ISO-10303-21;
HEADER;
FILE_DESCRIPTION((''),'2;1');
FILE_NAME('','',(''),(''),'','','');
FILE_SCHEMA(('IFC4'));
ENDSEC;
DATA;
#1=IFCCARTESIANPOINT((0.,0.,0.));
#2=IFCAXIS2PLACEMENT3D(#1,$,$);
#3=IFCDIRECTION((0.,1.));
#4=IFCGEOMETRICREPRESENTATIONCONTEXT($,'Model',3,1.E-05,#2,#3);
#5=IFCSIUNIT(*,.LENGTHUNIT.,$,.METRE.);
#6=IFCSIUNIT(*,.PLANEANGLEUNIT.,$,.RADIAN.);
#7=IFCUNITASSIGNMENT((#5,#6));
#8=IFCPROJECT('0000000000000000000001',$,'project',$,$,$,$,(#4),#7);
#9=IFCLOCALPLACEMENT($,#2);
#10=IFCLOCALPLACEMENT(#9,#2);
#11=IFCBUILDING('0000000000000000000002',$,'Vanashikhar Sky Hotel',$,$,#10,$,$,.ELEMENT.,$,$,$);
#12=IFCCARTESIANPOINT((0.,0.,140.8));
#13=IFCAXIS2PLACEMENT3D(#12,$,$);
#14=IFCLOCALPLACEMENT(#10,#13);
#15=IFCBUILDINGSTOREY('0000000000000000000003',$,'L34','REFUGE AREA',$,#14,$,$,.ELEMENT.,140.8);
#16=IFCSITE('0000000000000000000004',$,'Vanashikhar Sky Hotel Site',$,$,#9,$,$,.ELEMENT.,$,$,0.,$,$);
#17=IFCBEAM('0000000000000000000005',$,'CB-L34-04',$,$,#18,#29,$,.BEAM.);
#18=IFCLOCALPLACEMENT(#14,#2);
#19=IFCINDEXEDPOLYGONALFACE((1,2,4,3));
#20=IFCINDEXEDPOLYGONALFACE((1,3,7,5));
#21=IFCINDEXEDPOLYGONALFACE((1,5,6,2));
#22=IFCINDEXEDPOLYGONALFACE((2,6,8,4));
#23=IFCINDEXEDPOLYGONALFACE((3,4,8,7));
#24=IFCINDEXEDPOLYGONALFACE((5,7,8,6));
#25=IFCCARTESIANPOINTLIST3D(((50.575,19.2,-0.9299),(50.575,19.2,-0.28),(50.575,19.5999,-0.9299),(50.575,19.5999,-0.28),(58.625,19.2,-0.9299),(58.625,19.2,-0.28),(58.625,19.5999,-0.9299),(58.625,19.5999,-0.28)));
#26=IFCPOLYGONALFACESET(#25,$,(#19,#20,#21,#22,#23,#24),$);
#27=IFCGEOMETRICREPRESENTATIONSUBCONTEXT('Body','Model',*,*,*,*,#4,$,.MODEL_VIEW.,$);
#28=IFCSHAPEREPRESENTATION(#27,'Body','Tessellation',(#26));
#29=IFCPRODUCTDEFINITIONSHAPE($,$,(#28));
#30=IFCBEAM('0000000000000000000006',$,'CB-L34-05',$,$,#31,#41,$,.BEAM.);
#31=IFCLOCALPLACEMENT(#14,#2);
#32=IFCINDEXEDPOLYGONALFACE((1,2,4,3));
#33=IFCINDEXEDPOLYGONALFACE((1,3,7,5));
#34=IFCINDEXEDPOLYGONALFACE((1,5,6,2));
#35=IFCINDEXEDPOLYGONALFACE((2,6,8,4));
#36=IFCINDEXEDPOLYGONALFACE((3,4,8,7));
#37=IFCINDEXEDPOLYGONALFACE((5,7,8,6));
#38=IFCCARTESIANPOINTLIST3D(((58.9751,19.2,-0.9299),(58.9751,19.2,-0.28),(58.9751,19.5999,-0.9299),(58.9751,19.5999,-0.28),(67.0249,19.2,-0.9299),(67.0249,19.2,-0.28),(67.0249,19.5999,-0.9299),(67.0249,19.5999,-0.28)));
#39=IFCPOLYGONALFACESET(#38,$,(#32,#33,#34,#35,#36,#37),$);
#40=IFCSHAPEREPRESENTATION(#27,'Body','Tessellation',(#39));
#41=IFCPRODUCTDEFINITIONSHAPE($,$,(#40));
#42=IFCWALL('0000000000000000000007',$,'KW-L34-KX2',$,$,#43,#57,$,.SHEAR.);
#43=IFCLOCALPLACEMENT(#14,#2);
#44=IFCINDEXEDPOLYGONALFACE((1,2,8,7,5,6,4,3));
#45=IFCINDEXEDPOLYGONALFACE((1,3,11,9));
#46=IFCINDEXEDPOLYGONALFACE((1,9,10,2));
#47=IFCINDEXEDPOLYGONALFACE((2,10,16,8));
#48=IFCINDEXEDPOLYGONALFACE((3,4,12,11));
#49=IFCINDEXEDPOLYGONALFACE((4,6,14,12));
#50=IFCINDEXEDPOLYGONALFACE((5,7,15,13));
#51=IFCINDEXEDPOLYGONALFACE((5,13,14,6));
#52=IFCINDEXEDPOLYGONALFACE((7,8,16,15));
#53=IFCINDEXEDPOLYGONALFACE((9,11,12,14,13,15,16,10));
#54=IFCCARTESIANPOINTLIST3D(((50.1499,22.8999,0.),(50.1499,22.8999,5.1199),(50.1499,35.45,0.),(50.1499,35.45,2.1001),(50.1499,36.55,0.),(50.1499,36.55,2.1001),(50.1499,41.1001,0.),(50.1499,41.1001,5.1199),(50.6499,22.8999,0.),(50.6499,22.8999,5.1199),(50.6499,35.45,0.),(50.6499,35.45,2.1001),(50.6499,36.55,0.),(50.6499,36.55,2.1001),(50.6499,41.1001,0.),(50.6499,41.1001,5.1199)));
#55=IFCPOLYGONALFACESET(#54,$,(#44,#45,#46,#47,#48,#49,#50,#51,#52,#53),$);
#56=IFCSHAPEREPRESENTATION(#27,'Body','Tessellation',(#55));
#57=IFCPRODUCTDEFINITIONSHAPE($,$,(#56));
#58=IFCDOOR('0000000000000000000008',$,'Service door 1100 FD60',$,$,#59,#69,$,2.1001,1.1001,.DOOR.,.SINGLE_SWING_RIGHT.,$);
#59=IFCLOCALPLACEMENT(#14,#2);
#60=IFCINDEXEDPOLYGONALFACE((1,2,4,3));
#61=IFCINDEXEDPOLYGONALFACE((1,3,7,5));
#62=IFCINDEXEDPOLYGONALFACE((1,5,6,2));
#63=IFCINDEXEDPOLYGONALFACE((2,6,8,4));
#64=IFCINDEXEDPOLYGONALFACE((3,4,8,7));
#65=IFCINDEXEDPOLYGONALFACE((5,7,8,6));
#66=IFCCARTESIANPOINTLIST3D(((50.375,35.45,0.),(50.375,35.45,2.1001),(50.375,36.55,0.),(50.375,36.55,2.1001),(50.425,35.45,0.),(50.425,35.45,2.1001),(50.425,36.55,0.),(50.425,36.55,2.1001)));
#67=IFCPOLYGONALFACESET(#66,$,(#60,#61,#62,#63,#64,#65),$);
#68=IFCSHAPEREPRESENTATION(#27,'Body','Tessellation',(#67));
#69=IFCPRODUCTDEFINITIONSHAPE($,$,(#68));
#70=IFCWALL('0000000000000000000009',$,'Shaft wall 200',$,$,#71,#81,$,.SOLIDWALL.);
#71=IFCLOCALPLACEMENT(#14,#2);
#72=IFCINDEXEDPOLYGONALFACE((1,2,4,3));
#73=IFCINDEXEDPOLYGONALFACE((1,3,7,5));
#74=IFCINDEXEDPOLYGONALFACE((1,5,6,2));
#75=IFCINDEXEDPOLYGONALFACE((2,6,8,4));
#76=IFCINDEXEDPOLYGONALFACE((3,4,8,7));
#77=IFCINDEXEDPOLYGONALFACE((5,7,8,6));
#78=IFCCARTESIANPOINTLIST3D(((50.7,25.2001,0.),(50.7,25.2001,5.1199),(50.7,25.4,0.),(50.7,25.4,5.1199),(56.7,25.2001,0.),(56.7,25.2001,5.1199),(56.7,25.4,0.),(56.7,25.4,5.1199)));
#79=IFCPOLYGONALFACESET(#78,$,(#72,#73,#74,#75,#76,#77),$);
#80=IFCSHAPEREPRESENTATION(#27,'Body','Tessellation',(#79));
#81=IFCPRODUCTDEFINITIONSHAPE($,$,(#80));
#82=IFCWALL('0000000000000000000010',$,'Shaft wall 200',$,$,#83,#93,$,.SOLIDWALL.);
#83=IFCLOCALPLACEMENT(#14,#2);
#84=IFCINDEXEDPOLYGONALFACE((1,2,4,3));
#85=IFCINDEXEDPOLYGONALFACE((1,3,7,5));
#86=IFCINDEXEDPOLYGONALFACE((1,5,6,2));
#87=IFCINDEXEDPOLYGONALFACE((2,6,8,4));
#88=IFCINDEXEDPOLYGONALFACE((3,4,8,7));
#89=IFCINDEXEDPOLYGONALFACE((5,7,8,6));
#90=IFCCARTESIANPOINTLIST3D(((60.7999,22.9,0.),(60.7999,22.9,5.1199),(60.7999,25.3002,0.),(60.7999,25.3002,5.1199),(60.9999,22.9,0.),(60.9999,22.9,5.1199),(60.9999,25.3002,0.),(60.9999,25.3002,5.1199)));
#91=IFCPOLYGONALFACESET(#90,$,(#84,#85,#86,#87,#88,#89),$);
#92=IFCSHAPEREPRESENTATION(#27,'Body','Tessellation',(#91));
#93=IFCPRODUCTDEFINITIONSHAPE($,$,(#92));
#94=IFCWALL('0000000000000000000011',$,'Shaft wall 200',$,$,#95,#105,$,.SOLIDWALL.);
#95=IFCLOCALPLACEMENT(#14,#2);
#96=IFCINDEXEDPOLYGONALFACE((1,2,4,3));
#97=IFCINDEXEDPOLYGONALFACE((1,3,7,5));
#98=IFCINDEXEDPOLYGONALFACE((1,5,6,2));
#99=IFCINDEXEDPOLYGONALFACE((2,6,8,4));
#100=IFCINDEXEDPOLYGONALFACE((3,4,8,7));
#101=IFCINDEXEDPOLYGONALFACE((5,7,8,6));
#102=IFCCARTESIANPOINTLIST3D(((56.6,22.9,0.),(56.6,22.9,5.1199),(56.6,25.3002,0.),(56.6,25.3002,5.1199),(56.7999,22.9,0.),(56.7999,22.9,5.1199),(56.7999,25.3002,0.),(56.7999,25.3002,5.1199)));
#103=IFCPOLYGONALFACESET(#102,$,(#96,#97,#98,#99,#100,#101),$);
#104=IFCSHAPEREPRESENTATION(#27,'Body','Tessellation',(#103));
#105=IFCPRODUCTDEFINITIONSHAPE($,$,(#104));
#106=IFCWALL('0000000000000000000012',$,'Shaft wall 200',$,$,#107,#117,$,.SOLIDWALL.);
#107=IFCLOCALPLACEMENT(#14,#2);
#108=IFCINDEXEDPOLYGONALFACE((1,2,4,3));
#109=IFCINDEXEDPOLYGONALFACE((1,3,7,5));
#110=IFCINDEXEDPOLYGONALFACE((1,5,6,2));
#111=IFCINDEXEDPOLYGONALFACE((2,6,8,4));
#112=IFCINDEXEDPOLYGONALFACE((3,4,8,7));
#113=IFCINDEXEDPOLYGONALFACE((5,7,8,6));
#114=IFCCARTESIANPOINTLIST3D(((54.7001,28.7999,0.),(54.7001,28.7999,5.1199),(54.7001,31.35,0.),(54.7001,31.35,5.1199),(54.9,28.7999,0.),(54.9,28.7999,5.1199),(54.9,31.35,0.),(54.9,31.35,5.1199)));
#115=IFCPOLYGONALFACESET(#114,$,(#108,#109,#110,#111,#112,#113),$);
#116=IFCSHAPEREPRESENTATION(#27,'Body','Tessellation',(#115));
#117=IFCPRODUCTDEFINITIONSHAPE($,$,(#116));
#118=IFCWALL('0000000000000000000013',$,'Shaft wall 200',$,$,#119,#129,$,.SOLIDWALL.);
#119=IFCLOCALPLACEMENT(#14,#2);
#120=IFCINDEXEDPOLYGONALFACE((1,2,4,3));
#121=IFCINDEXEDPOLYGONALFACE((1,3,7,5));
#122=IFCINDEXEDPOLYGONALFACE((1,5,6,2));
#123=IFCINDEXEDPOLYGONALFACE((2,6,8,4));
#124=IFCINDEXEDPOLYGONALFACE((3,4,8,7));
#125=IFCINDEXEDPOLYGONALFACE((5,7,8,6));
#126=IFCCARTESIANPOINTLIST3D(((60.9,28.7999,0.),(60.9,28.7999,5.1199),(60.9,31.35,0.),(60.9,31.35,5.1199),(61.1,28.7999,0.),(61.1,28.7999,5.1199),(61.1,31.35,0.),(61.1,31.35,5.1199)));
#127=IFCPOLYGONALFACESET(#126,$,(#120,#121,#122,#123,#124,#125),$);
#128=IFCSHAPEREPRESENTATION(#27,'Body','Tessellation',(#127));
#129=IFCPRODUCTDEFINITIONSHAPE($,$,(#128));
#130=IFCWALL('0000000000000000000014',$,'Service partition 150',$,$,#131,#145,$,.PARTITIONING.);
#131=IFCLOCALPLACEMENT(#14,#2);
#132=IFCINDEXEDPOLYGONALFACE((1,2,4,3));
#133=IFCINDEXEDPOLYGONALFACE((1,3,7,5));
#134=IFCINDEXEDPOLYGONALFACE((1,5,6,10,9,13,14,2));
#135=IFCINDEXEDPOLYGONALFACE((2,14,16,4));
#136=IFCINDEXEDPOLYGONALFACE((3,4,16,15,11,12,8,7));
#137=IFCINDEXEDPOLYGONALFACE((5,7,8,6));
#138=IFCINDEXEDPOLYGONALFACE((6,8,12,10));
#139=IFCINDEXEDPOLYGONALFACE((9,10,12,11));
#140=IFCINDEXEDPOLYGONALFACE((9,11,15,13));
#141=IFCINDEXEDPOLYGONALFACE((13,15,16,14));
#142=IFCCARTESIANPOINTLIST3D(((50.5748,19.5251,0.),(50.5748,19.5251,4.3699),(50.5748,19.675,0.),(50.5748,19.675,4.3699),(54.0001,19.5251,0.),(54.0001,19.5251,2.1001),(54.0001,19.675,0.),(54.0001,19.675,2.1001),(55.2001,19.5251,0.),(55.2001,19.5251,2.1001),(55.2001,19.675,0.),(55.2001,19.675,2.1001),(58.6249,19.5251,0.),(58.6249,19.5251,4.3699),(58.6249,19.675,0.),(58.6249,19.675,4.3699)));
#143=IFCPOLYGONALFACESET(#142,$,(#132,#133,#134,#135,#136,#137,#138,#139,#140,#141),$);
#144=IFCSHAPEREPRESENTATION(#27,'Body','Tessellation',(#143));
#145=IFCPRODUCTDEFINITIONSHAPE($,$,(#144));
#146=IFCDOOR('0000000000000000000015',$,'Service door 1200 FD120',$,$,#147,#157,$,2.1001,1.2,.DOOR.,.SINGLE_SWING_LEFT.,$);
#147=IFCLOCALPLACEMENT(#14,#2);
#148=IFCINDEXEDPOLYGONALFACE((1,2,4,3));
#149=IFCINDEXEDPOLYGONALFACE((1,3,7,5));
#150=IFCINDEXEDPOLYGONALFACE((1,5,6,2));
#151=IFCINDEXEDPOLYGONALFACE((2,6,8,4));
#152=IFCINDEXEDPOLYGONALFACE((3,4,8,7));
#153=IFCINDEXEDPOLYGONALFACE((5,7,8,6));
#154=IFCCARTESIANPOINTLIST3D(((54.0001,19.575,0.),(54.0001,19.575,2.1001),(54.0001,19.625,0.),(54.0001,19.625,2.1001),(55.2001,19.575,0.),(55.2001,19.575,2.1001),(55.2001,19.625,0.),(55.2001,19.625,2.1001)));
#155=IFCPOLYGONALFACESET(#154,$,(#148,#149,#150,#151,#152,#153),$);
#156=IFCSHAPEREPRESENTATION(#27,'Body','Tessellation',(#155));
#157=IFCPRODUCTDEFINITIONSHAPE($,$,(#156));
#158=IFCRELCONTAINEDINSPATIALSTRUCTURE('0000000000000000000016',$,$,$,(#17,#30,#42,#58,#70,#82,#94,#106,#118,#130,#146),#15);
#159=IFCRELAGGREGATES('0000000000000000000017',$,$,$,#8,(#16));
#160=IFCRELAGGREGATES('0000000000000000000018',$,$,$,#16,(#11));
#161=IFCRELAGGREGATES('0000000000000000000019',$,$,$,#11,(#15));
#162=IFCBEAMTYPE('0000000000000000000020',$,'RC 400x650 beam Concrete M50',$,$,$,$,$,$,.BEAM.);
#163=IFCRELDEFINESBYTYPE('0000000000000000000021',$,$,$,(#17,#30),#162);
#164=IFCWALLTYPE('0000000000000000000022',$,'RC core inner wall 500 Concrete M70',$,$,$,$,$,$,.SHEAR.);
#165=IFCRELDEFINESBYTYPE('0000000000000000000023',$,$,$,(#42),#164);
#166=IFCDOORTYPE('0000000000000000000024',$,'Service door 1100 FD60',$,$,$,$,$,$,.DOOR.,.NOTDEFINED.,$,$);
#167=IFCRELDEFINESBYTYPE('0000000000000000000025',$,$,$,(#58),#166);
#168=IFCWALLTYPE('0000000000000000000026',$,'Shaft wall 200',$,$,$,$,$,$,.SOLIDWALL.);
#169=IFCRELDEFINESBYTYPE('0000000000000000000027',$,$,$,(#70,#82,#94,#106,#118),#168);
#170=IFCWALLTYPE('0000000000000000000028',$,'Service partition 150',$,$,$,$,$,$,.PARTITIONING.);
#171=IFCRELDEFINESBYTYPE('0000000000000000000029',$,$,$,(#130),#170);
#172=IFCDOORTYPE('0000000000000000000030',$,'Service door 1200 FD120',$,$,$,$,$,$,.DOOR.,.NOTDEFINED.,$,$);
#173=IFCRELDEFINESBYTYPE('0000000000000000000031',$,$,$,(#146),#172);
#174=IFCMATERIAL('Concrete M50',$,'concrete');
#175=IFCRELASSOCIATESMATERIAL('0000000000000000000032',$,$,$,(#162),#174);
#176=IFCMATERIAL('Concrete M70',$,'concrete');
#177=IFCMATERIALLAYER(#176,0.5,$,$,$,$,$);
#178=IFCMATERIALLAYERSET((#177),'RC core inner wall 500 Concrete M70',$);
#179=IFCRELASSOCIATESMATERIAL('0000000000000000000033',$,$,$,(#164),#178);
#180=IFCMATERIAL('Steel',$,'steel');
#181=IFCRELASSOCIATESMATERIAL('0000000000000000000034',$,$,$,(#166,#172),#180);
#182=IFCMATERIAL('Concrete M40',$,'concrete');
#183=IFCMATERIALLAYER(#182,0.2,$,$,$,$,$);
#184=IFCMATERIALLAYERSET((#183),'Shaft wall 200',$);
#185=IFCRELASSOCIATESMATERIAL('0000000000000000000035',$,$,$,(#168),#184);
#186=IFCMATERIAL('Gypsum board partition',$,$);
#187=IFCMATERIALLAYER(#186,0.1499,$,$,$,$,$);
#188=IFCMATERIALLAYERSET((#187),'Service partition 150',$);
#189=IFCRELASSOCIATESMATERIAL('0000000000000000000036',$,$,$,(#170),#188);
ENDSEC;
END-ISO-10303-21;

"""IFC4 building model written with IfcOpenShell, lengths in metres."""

from ifc_helpers import new_model, si_unit, direction, frame, frame_2d, origin, origin_2d, place, context, subcontext, project, spatial, rectangle, extrude, source, transform, mapped, material, layer, layer_set, material_profile, profile_set, type_object, element, fill, save


model = new_model("IFC4")

# Units and contexts
model_context = context("Model", 3, precision=1e-05, world=origin(), true_north=direction((0.0, 1.0)))
body_context = subcontext(model_context, "Body", "Model", "MODEL_VIEW")
ifc_project = project(units=[si_unit("LENGTHUNIT", "METRE"), si_unit("PLANEANGLEUNIT", "RADIAN")], contexts=[model_context])

# Site, building, storey
site_placement = place(None, origin())
site = spatial("IfcSite", under=ifc_project, at=site_placement, Name="Vanashikhar Sky Hotel Site", CompositionType="ELEMENT", RefElevation=0.0)
building_placement = place(site_placement, origin())
building = spatial("IfcBuilding", under=site, at=building_placement, Name="Vanashikhar Sky Hotel", CompositionType="ELEMENT")
storey_placement = place(building_placement, frame((0.0, 0.0, 140.8)))
storey = spatial("IfcBuildingStorey", under=building, at=storey_placement, Name="L34", Description="REFUGE AREA", CompositionType="ELEMENT", Elevation=140.8)

# Beams
ifc_material_1 = material(Name="Concrete M50", Category="concrete")
ifc_material_profile = material_profile(ifc_material_1, rectangle(XDim=0.3999, YDim=0.6499, at=origin_2d()))
ifc_profile_set = profile_set([ifc_material_profile], Name="RC 400x650 beam Concrete M50")
beam_type = type_object("IfcBeamType", Name="RC 400x650 beam Concrete M50", PredefinedType="BEAM", material=ifc_profile_set)
shared_shape_1 = source(origin(), body_context, "Body", "SweptSolid", [
    extrude(rectangle(XDim=0.3999, YDim=0.6499, at=origin_2d()), origin(), (0.0, 0.0, 1.0), 8.05),
])
beam_1_placement = place(storey_placement, frame((50.575, 19.3999, -0.605), z_axis=(1.0, 0.0, 0.0), x_axis=(0.0, 1.0, 0.0)))
element("IfcBeam", 1, at=beam_1_placement, inside=storey, type_object=beam_type, Name="CB-L34-04", PredefinedType="BEAM", context=body_context, shape_type="MappedRepresentation", body=[
    mapped(shared_shape_1, transform((0.0, 0.0, 0.0), scale=1.0)),
])
shared_shape_2 = source(origin(), body_context, "Body", "SweptSolid", [
    extrude(rectangle(XDim=0.3999, YDim=0.6499, at=origin_2d()), origin(), (0.0, 0.0, 1.0), 8.0498),
])
beam_2_placement = place(storey_placement, frame((58.9751, 19.3999, -0.605), z_axis=(1.0, 0.0, 0.0), x_axis=(0.0, 1.0, 0.0)))
element("IfcBeam", 2, at=beam_2_placement, inside=storey, type_object=beam_type, Name="CB-L34-05", PredefinedType="BEAM", context=body_context, shape_type="MappedRepresentation", body=[
    mapped(shared_shape_2, transform((0.0, 0.0, 0.0), scale=1.0)),
])

# Wall, opening, door
ifc_material_2 = material(Name="Concrete M70", Category="concrete")
ifc_layer_1 = layer(ifc_material_2, 0.5)
ifc_layer_set_1 = layer_set([ifc_layer_1], Name="RC core inner wall 500 Concrete M70")
wall_type_1 = type_object("IfcWallType", Name="RC core inner wall 500 Concrete M70", PredefinedType="SHEAR", material=ifc_layer_set_1)
shared_shape_3 = source(origin(), body_context, "Body", "SweptSolid", [
    extrude(rectangle(XDim=18.2002, YDim=0.5, at=frame_2d((9.1001, 0.0))), origin(), (0.0, 0.0, 1.0), 5.1199),
])
wall_1_placement = place(storey_placement, frame((50.3999, 22.8999, 0.0), z_axis=(0.0, 0.0, 1.0), x_axis=(0.0, 1.0, 0.0)))
wall_1 = element("IfcWall", 3, at=wall_1_placement, inside=storey, type_object=wall_type_1, Name="KW-L34-KX2", PredefinedType="SHEAR", context=body_context, shape_type="MappedRepresentation", body=[
    mapped(shared_shape_3, transform((0.0, 0.0, 0.0), scale=1.0)),
])
shared_shape_4 = source(origin(), body_context, "Body", "SweptSolid", [
    extrude(rectangle(XDim=1.1001, YDim=2.1001, at=frame_2d((0.55, 1.05))), frame((0.0, 0.26, 0.0), z_axis=(0.0, -1.0, 0.0), x_axis=(1.0, 0.0, 0.0)), (0.0, 0.0, 1.0), 0.52),
])
opening_1_placement = place(wall_1_placement, frame((12.55, 0.0, 0.0)))
opening_1 = element("IfcOpeningElement", 4, at=opening_1_placement, cuts=wall_1, PredefinedType="OPENING", context=body_context, shape_type="MappedRepresentation", body=[
    mapped(shared_shape_4, transform((0.0, 0.0, 0.0), scale=1.0)),
])
ifc_material_3 = material(Name="Steel", Category="steel")
door_type_1 = type_object("IfcDoorType", Name="Service door 1100 FD60", OperationType="NOTDEFINED", PredefinedType="DOOR", material=ifc_material_3)
shared_shape_5 = source(origin(), body_context, "Body", "SweptSolid", [
    extrude(rectangle(XDim=1.1001, YDim=2.1001, at=frame_2d((0.55, 1.05))), frame((0.0, 0.0249, 0.0), z_axis=(0.0, -1.0, 0.0), x_axis=(1.0, 0.0, 0.0)), (0.0, 0.0, 1.0), 0.05),
])
door_1_placement = place(opening_1_placement, origin())
door_1 = element("IfcDoor", 5, at=door_1_placement, inside=storey, type_object=door_type_1, Name="Service door 1100 FD60", OperationType="SINGLE_SWING_RIGHT", OverallHeight=2.1001, OverallWidth=1.1001, PredefinedType="DOOR", context=body_context, shape_type="MappedRepresentation", body=[
    mapped(shared_shape_5, transform((0.0, 0.0, 0.0), scale=1.0)),
])
fill(opening_1, door_1)

# Walls
ifc_material_4 = material(Name="Concrete M40", Category="concrete")
ifc_layer_2 = layer(ifc_material_4, 0.2)
ifc_layer_set_2 = layer_set([ifc_layer_2], Name="Shaft wall 200")
wall_type_2 = type_object("IfcWallType", Name="Shaft wall 200", PredefinedType="SOLIDWALL", material=ifc_layer_set_2)
shared_shape_6 = source(origin(), body_context, "Body", "SweptSolid", [
    extrude(rectangle(XDim=6.0, YDim=0.2, at=frame_2d((3.0, 0.0))), origin(), (0.0, 0.0, 1.0), 5.1199),
])
wall_2_placement = place(storey_placement, frame((56.7, 25.3, 0.0), z_axis=(0.0, 0.0, 1.0), x_axis=(-1.0, 0.0, 0.0)))
element("IfcWall", 6, at=wall_2_placement, inside=storey, type_object=wall_type_2, Name="Shaft wall 200", PredefinedType="SOLIDWALL", context=body_context, shape_type="MappedRepresentation", body=[
    mapped(shared_shape_6, transform((0.0, 0.0, 0.0), scale=1.0)),
])
shared_shape_7 = source(origin(), body_context, "Body", "SweptSolid", [
    extrude(rectangle(XDim=2.4001, YDim=0.2, at=frame_2d((1.2002, 0.0))), origin(), (0.0, 0.0, 1.0), 5.1199),
])
for number, where, z_axis, x_axis, name in (
    (7, (60.8999, 22.8999, 0.0), (0.0, 0.0, 1.0), (0.0, 1.0, 0.0), "Shaft wall 200"),
    (8, (56.7, 22.8999, 0.0), (0.0, 0.0, 1.0), (0.0, 1.0, 0.0), "Shaft wall 200"),
):
    element("IfcWall", number, at=place(storey_placement, frame(where, z_axis=z_axis, x_axis=x_axis)), inside=storey, type_object=wall_type_2, Name=name, PredefinedType="SOLIDWALL", context=body_context, shape_type="MappedRepresentation", body=[
        mapped(shared_shape_7, transform((0.0, 0.0, 0.0), scale=1.0)),
    ])
shared_shape_8 = source(origin(), body_context, "Body", "SweptSolid", [
    extrude(rectangle(XDim=2.55, YDim=0.2, at=frame_2d((1.2749, 0.0))), origin(), (0.0, 0.0, 1.0), 5.1199),
])
for number, where, z_axis, x_axis, name in (
    (9, (54.8, 28.8, 0.0), (0.0, 0.0, 1.0), (0.0, 1.0, 0.0), "Shaft wall 200"),
    (10, (61.0, 28.8, 0.0), (0.0, 0.0, 1.0), (0.0, 1.0, 0.0), "Shaft wall 200"),
):
    element("IfcWall", number, at=place(storey_placement, frame(where, z_axis=z_axis, x_axis=x_axis)), inside=storey, type_object=wall_type_2, Name=name, PredefinedType="SOLIDWALL", context=body_context, shape_type="MappedRepresentation", body=[
        mapped(shared_shape_8, transform((0.0, 0.0, 0.0), scale=1.0)),
    ])

# Wall, opening, door
ifc_material_5 = material(Name="Gypsum board partition")
ifc_layer_3 = layer(ifc_material_5, 0.1499)
ifc_layer_set_3 = layer_set([ifc_layer_3], Name="Service partition 150")
wall_type_3 = type_object("IfcWallType", Name="Service partition 150", PredefinedType="PARTITIONING", material=ifc_layer_set_3)
shared_shape_9 = source(origin(), body_context, "Body", "SweptSolid", [
    extrude(rectangle(XDim=8.05, YDim=0.1499, at=frame_2d((4.0249, 0.0))), origin(), (0.0, 0.0, 1.0), 4.3699),
])
wall_3_placement = place(storey_placement, frame((50.575, 19.6001, 0.0), z_axis=(0.0, 0.0, 1.0), x_axis=(1.0, 0.0, 0.0)))
wall_3 = element("IfcWall", 11, at=wall_3_placement, inside=storey, type_object=wall_type_3, Name="Service partition 150", PredefinedType="PARTITIONING", context=body_context, shape_type="MappedRepresentation", body=[
    mapped(shared_shape_9, transform((0.0, 0.0, 0.0), scale=1.0)),
])
shared_shape_10 = source(origin(), body_context, "Body", "SweptSolid", [
    extrude(rectangle(XDim=1.2, YDim=2.1001, at=frame_2d((0.6001, 1.05))), frame((0.0, 0.085, 0.0), z_axis=(0.0, -1.0, 0.0), x_axis=(1.0, 0.0, 0.0)), (0.0, 0.0, 1.0), 0.1699),
])
opening_2_placement = place(wall_3_placement, frame((3.425, 0.0, 0.0)))
opening_2 = element("IfcOpeningElement", 12, at=opening_2_placement, cuts=wall_3, PredefinedType="OPENING", context=body_context, shape_type="MappedRepresentation", body=[
    mapped(shared_shape_10, transform((0.0, 0.0, 0.0), scale=1.0)),
])
door_type_2 = type_object("IfcDoorType", Name="Service door 1200 FD120", OperationType="NOTDEFINED", PredefinedType="DOOR", material=ifc_material_3)
shared_shape_11 = source(origin(), body_context, "Body", "SweptSolid", [
    extrude(rectangle(XDim=1.2, YDim=2.1001, at=frame_2d((0.6001, 1.05))), frame((0.0, 0.0249, 0.0), z_axis=(0.0, -1.0, 0.0), x_axis=(1.0, 0.0, 0.0)), (0.0, 0.0, 1.0), 0.05),
])
door_2_placement = place(opening_2_placement, origin())
door_2 = element("IfcDoor", 13, at=door_2_placement, inside=storey, type_object=door_type_2, Name="Service door 1200 FD120", OperationType="SINGLE_SWING_LEFT", OverallHeight=2.1001, OverallWidth=1.2, PredefinedType="DOOR", context=body_context, shape_type="MappedRepresentation", body=[
    mapped(shared_shape_11, transform((0.0, 0.0, 0.0), scale=1.0)),
])
fill(opening_2, door_2)

save(model, "model.ifc")
